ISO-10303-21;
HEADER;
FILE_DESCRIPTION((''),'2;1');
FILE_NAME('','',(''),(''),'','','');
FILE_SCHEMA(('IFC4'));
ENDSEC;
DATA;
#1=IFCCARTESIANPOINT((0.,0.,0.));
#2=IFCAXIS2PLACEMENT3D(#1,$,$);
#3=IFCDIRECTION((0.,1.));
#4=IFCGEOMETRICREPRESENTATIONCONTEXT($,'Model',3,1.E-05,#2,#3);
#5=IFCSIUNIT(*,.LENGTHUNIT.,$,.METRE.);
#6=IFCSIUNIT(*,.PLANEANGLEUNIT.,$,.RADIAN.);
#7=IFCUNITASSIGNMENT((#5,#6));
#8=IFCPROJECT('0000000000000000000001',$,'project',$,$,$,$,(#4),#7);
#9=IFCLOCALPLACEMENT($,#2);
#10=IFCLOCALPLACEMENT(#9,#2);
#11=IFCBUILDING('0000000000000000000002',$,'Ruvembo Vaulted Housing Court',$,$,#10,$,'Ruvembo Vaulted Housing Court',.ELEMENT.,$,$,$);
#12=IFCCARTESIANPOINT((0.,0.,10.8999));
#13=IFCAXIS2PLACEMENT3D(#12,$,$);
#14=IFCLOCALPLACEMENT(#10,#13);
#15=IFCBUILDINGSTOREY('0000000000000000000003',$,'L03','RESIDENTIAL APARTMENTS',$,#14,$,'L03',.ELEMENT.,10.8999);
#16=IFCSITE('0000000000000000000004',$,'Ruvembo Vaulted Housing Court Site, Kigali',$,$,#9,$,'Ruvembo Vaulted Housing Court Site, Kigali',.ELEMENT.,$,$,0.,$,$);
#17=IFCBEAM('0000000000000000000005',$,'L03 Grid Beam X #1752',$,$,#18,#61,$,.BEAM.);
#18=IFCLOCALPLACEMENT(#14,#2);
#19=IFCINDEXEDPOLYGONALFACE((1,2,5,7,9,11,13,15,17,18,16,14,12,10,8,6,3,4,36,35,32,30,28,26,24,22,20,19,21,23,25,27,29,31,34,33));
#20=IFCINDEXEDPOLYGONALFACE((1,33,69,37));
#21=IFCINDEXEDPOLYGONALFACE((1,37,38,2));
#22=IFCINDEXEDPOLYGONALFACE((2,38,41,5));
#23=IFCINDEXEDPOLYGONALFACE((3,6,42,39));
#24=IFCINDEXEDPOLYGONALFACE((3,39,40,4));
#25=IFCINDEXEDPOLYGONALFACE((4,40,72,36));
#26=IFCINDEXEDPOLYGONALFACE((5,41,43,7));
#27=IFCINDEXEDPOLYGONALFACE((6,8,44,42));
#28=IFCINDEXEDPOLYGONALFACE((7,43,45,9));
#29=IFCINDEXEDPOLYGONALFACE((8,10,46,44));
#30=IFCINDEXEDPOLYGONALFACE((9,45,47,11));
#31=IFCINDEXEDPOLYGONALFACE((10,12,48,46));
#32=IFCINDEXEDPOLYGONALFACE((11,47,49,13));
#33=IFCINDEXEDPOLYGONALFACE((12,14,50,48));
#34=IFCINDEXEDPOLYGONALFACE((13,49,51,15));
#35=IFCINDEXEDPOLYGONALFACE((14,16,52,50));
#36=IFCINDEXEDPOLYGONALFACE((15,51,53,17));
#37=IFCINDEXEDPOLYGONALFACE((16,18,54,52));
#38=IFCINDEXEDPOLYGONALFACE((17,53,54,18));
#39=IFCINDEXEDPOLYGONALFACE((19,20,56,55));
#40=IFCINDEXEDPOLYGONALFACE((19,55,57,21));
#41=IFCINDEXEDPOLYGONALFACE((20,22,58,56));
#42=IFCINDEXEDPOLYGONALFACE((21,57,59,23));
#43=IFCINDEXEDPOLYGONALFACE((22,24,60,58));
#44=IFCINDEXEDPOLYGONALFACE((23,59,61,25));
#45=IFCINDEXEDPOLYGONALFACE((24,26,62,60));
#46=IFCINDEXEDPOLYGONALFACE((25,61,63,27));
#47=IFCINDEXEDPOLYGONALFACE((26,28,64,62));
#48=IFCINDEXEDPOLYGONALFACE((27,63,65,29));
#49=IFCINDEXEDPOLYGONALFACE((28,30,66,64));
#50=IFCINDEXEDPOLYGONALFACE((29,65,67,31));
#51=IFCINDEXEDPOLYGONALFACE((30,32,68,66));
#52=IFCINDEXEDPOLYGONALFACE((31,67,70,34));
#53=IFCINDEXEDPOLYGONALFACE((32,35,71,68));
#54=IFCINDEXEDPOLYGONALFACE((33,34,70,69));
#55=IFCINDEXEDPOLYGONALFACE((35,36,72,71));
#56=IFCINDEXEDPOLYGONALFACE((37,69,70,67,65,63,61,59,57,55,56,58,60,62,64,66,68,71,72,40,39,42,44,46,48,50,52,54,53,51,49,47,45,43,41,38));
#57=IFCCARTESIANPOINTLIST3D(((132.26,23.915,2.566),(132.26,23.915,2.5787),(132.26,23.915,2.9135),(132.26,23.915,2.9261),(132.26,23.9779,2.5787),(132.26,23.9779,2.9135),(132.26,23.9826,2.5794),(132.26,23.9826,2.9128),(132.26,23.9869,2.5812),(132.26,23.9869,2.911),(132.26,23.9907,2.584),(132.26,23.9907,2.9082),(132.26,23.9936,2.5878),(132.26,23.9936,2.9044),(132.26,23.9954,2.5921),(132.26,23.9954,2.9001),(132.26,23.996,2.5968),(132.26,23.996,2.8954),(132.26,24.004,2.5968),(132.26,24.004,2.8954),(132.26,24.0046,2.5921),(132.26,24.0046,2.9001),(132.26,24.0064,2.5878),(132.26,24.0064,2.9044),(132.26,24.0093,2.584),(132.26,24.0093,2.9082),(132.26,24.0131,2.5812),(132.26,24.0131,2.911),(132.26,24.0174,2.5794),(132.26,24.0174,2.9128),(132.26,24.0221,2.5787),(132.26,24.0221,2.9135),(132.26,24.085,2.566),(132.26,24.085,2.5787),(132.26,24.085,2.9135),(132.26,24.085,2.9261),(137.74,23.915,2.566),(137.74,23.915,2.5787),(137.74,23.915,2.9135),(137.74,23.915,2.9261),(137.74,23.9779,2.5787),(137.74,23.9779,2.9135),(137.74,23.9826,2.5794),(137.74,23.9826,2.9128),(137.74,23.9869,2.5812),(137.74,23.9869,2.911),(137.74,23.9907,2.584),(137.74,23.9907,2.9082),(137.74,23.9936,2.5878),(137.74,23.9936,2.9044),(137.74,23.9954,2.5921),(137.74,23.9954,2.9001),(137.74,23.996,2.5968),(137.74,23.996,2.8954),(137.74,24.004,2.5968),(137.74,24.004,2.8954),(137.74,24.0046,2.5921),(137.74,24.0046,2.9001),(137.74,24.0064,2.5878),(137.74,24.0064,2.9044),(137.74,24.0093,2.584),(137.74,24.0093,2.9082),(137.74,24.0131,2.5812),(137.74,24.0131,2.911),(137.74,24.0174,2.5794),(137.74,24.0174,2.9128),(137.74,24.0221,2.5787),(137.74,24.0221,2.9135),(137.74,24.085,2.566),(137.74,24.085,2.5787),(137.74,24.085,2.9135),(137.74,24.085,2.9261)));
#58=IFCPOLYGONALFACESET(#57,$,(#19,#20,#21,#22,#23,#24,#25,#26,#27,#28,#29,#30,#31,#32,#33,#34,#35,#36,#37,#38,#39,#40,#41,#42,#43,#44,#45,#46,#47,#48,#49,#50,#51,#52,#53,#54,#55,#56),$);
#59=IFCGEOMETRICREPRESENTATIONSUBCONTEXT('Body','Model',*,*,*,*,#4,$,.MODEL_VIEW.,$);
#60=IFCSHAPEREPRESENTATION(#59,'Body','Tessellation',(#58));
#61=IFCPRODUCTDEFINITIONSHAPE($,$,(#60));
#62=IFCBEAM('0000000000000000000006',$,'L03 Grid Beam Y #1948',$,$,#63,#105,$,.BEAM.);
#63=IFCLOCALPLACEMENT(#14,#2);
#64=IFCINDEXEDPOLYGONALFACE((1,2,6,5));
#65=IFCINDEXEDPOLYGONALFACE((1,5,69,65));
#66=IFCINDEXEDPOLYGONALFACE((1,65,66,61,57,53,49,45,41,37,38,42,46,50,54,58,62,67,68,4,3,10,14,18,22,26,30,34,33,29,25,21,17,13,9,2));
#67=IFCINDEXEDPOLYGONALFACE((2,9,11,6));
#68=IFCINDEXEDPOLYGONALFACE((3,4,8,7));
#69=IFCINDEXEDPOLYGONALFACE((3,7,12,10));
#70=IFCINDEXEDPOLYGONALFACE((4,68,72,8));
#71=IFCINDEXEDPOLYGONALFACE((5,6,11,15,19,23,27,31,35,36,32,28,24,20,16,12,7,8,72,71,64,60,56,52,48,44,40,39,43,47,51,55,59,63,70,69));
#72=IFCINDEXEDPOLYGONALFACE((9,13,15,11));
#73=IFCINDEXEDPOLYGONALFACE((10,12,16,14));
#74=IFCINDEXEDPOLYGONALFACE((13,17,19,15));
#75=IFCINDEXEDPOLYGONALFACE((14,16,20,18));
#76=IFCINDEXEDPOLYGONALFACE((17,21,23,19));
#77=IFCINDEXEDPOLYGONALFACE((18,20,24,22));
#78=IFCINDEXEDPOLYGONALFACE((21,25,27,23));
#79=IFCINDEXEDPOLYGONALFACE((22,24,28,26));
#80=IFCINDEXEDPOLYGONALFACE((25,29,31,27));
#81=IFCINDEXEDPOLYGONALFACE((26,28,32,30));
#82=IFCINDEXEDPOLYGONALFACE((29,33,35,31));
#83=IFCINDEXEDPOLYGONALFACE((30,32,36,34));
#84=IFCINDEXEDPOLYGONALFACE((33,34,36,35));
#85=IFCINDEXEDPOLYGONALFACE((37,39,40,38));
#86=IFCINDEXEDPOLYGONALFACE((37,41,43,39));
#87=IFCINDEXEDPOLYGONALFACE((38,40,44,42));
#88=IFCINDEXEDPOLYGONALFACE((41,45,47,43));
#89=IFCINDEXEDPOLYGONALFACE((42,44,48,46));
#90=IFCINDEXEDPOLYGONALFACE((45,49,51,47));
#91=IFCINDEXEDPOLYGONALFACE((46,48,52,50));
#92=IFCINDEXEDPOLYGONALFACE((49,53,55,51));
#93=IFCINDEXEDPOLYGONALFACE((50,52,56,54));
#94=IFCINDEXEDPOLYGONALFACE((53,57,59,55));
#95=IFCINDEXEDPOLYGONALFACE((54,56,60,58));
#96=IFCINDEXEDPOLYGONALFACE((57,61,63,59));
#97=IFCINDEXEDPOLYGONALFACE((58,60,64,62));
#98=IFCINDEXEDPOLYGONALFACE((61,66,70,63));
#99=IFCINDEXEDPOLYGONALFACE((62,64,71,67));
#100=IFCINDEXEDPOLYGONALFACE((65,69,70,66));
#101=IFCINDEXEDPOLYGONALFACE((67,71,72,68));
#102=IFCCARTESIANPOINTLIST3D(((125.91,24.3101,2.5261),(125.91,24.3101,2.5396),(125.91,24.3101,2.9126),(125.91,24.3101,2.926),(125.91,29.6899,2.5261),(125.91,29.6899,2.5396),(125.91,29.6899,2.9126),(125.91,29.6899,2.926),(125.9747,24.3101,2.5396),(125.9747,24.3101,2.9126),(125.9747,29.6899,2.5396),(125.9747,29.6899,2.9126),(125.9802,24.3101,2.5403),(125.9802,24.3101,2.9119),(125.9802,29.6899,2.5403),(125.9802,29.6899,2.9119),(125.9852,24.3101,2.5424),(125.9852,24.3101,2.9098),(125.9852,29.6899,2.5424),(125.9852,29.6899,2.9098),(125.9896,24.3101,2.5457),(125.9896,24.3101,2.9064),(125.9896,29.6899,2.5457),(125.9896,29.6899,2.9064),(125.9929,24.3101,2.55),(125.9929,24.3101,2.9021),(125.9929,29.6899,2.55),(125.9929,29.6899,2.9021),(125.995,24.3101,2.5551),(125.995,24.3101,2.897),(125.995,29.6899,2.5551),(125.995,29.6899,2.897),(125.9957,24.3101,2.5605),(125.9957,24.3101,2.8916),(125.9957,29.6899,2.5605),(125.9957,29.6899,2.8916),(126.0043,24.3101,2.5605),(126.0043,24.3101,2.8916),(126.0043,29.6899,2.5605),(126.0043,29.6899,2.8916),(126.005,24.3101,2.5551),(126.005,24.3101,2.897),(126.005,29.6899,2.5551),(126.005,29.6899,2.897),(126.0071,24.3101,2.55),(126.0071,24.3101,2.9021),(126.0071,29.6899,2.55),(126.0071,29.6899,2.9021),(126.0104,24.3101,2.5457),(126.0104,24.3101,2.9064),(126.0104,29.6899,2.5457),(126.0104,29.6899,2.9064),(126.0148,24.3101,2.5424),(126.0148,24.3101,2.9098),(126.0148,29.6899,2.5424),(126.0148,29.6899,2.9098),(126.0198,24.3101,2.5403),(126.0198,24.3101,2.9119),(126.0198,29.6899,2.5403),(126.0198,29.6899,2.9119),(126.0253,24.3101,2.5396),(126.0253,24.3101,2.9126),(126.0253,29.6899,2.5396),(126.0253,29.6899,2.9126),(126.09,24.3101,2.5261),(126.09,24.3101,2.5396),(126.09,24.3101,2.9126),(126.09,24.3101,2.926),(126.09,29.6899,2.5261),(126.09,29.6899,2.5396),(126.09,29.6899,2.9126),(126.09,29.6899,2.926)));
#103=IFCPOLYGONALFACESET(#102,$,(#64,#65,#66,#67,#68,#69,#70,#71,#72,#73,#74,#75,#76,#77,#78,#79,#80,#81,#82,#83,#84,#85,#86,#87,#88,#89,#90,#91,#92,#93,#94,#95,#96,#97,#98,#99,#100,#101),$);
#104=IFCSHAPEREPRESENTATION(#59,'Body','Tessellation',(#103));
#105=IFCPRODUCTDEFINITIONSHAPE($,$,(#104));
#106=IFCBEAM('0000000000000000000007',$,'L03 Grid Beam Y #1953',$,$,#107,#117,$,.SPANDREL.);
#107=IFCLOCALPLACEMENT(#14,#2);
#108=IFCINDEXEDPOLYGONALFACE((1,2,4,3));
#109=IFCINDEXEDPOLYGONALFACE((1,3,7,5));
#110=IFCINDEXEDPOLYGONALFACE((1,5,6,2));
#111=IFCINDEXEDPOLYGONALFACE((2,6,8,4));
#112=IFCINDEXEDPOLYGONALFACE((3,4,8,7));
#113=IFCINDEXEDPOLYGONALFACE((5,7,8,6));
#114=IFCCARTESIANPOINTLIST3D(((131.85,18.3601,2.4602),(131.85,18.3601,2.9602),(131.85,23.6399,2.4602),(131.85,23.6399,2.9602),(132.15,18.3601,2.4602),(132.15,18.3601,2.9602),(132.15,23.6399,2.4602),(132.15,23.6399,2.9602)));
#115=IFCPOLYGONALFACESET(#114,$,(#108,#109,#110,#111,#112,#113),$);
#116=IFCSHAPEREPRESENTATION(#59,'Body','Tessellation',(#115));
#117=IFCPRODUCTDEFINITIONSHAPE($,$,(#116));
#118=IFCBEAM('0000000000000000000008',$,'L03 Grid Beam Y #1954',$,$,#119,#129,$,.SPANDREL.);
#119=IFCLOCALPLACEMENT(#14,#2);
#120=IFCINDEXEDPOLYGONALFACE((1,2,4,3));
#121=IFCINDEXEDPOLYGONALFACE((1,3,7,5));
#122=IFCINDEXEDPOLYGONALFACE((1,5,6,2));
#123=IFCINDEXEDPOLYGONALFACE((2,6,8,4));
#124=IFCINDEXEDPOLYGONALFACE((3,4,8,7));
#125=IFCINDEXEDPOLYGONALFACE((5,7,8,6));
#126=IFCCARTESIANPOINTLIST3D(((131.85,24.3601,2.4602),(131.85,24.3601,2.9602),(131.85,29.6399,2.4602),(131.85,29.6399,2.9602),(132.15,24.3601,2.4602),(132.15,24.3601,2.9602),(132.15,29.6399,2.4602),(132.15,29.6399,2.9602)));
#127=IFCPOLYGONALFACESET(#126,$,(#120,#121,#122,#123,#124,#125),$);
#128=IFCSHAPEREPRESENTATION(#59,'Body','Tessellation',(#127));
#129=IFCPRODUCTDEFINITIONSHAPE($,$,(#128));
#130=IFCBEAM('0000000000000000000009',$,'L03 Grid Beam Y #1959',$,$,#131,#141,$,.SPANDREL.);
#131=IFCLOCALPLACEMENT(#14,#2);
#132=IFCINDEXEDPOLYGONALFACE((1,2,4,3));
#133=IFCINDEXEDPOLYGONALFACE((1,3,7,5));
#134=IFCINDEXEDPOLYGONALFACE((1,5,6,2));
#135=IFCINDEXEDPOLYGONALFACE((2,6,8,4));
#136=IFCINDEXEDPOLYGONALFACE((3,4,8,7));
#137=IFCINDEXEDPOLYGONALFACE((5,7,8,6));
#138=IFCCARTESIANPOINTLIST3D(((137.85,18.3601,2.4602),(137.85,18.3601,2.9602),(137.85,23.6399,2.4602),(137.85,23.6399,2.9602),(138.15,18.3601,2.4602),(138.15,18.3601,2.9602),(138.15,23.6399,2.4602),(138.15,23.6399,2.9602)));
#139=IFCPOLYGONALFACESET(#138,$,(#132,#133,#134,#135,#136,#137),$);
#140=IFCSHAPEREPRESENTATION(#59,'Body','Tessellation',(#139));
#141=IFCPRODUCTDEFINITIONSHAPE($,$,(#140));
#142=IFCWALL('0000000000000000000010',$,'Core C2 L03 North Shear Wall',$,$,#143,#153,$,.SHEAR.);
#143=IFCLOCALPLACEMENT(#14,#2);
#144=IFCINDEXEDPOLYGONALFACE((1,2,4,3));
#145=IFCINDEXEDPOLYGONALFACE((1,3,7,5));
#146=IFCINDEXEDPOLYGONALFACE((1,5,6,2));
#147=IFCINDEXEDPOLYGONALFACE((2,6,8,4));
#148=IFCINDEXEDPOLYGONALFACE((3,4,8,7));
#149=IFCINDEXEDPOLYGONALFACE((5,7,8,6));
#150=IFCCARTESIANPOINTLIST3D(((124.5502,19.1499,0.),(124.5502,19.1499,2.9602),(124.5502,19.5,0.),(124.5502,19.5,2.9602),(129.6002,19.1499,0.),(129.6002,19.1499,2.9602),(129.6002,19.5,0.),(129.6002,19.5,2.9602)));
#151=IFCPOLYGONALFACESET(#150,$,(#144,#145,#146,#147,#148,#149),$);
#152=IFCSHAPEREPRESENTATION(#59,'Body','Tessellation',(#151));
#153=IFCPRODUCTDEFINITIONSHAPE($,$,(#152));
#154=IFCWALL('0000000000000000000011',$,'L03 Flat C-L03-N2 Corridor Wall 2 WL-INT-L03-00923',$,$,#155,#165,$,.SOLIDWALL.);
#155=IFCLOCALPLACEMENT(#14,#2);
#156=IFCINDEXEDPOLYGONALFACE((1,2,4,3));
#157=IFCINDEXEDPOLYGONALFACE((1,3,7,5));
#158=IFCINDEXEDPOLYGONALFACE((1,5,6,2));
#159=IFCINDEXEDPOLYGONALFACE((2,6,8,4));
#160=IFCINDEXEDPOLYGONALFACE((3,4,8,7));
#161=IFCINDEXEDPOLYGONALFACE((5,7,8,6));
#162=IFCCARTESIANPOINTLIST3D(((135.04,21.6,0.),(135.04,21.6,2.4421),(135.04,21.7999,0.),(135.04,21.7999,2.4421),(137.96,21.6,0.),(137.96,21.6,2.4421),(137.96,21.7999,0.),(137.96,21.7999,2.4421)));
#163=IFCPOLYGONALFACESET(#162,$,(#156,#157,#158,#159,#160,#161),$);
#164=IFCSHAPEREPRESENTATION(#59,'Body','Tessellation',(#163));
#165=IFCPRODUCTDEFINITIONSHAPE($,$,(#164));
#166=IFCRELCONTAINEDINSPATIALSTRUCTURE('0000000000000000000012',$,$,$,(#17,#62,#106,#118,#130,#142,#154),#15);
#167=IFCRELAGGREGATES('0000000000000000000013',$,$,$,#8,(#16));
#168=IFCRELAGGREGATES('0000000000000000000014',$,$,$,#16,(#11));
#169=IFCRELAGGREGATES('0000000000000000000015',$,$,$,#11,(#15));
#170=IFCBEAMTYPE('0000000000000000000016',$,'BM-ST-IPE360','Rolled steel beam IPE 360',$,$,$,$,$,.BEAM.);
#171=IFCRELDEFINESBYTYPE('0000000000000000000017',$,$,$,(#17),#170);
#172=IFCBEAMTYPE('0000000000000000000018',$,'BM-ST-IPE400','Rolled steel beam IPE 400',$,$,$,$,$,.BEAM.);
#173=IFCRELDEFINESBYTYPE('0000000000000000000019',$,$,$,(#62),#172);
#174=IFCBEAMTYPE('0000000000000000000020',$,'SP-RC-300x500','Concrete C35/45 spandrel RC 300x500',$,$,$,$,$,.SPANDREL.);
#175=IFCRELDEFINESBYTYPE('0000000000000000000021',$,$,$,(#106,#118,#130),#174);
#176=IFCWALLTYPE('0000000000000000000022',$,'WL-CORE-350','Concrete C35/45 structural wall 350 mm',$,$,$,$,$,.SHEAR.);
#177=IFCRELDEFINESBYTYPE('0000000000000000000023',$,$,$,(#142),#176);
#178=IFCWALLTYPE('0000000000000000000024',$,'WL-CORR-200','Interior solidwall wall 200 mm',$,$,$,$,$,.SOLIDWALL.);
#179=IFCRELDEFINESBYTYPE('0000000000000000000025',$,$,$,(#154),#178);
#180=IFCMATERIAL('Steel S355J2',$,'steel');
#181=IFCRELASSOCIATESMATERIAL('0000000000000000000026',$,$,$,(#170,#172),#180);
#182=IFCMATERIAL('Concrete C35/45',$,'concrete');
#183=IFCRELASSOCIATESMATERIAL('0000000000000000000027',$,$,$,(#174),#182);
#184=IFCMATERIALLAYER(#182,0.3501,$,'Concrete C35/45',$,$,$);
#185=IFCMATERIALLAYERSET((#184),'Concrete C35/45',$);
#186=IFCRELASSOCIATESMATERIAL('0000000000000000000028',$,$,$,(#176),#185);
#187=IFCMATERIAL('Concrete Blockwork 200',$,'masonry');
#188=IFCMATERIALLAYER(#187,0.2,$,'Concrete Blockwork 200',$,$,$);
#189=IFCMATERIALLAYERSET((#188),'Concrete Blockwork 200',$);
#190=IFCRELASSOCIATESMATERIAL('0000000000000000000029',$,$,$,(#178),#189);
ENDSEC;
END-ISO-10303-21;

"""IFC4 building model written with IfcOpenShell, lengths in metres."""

from ifc_helpers import new_model, si_unit, direction, frame, frame_2d, origin, origin_2d, place, context, subcontext, project, spatial, rectangle, i_section, extrude, material, layer, layer_set, material_profile, profile_set, type_object, element, save


model = new_model("IFC4")

# Units and contexts
model_context = context("Model", 3, precision=1e-05, world=origin(), true_north=direction((0.0, 1.0)))
body_context = subcontext(model_context, "Body", "Model", "MODEL_VIEW")
ifc_project = project(units=[si_unit("LENGTHUNIT", "METRE"), si_unit("PLANEANGLEUNIT", "RADIAN")], contexts=[model_context])

# Site, building, storey
site_placement = place(None, origin())
site = spatial("IfcSite", under=ifc_project, at=site_placement, Name="Ruvembo Vaulted Housing Court Site, Kigali", LongName="Ruvembo Vaulted Housing Court Site, Kigali", CompositionType="ELEMENT", RefElevation=0.0)
building_placement = place(site_placement, origin())
building = spatial("IfcBuilding", under=site, at=building_placement, Name="Ruvembo Vaulted Housing Court", LongName="Ruvembo Vaulted Housing Court", CompositionType="ELEMENT")
storey_placement = place(building_placement, frame((0.0, 0.0, 10.8999)))
storey = spatial("IfcBuildingStorey", under=building, at=storey_placement, Name="L03", Description="RESIDENTIAL APARTMENTS", LongName="L03", CompositionType="ELEMENT", Elevation=10.8999)

# Beams
ifc_material_1 = material(Name="Steel S355J2", Category="steel")
ifc_material_profile_1 = material_profile(ifc_material_1, i_section(OverallWidth=0.1699, OverallDepth=0.3601, WebThickness=0.0081, FlangeThickness=0.0127, FilletRadius=0.0181, at=origin_2d()), Name="IPE 360")
ifc_profile_set_1 = profile_set([ifc_material_profile_1], Name="Steel S355J2")
beam_type_1 = type_object("IfcBeamType", Name="BM-ST-IPE360", Description="Rolled steel beam IPE 360", PredefinedType="BEAM", material=ifc_profile_set_1)
beam_1_placement = place(storey_placement, frame((132.26, 24.0, 2.7461), z_axis=(1.0, 0.0, 0.0), x_axis=(0.0, 1.0, 0.0)))
element("IfcBeam", 1, at=beam_1_placement, inside=storey, type_object=beam_type_1, Name="L03 Grid Beam X #1752", PredefinedType="BEAM", context=body_context, shape_type="SweptSolid", body=[
    extrude(i_section(OverallWidth=0.1699, OverallDepth=0.3601, WebThickness=0.0081, FlangeThickness=0.0127, FilletRadius=0.0181, at=origin_2d()), origin(), (0.0, 0.0, 1.0), 5.48),
])
ifc_material_profile_2 = material_profile(ifc_material_1, i_section(OverallWidth=0.1799, OverallDepth=0.3999, WebThickness=0.0085, FlangeThickness=0.0134, FilletRadius=0.021, at=origin_2d()), Name="IPE 400")
ifc_profile_set_2 = profile_set([ifc_material_profile_2], Name="Steel S355J2")
beam_type_2 = type_object("IfcBeamType", Name="BM-ST-IPE400", Description="Rolled steel beam IPE 400", PredefinedType="BEAM", material=ifc_profile_set_2)
beam_2_placement = place(storey_placement, frame((126.0, 24.3101, 2.7261), z_axis=(0.0, 1.0, 0.0), x_axis=(-1.0, 0.0, 0.0)))
element("IfcBeam", 2, at=beam_2_placement, inside=storey, type_object=beam_type_2, Name="L03 Grid Beam Y #1948", PredefinedType="BEAM", context=body_context, shape_type="SweptSolid", body=[
    extrude(i_section(OverallWidth=0.1799, OverallDepth=0.3999, WebThickness=0.0085, FlangeThickness=0.0134, FilletRadius=0.021, at=origin_2d()), origin(), (0.0, 0.0, 1.0), 5.3799),
])
ifc_material_2 = material(Name="Concrete C35/45", Category="concrete")
ifc_material_profile_3 = material_profile(ifc_material_2, rectangle(XDim=0.3, YDim=0.5, at=origin_2d()), Name="RC 300x500")
ifc_profile_set_3 = profile_set([ifc_material_profile_3], Name="Concrete C35/45")
beam_type_3 = type_object("IfcBeamType", Name="SP-RC-300x500", Description="Concrete C35/45 spandrel RC 300x500", PredefinedType="SPANDREL", material=ifc_profile_set_3)
for number, where, z_axis, x_axis, name in (
    (3, (132.0, 18.3601, 2.7102), (0.0, 1.0, 0.0), (-1.0, 0.0, 0.0), "L03 Grid Beam Y #1953"),
    (4, (132.0, 24.3601, 2.7102), (0.0, 1.0, 0.0), (-1.0, 0.0, 0.0), "L03 Grid Beam Y #1954"),
    (5, (138.0, 18.3601, 2.7102), (0.0, 1.0, 0.0), (-1.0, 0.0, 0.0), "L03 Grid Beam Y #1959"),
):
    element("IfcBeam", number, at=place(storey_placement, frame(where, z_axis=z_axis, x_axis=x_axis)), inside=storey, type_object=beam_type_3, Name=name, PredefinedType="SPANDREL", context=body_context, shape_type="SweptSolid", body=[
        extrude(rectangle(XDim=0.3, YDim=0.5, at=origin_2d()), origin(), (0.0, 0.0, 1.0), 5.2798),
    ])

# Walls
ifc_layer_1 = layer(ifc_material_2, 0.3501, Name="Concrete C35/45")
ifc_layer_set_1 = layer_set([ifc_layer_1], Name="Concrete C35/45")
wall_type_1 = type_object("IfcWallType", Name="WL-CORE-350", Description="Concrete C35/45 structural wall 350 mm", PredefinedType="SHEAR", material=ifc_layer_set_1)
wall_1_placement = place(storey_placement, frame((129.6001, 19.325, 0.0), z_axis=(0.0, 0.0, 1.0), x_axis=(-1.0, 0.0, 0.0)))
element("IfcWall", 6, at=wall_1_placement, inside=storey, type_object=wall_type_1, Name="Core C2 L03 North Shear Wall", PredefinedType="SHEAR", context=body_context, shape_type="SweptSolid", body=[
    extrude(rectangle(XDim=5.05, YDim=0.3501, at=frame_2d((2.5249, 0.0))), origin(), (0.0, 0.0, 1.0), 2.9602),
])
ifc_material_3 = material(Name="Concrete Blockwork 200", Category="masonry")
ifc_layer_2 = layer(ifc_material_3, 0.2, Name="Concrete Blockwork 200")
ifc_layer_set_2 = layer_set([ifc_layer_2], Name="Concrete Blockwork 200")
wall_type_2 = type_object("IfcWallType", Name="WL-CORR-200", Description="Interior solidwall wall 200 mm", PredefinedType="SOLIDWALL", material=ifc_layer_set_2)
wall_2_placement = place(storey_placement, frame((135.04, 21.7, 0.0), z_axis=(0.0, 0.0, 1.0), x_axis=(1.0, 0.0, 0.0)))
element("IfcWall", 7, at=wall_2_placement, inside=storey, type_object=wall_type_2, Name="L03 Flat C-L03-N2 Corridor Wall 2 WL-INT-L03-00923", PredefinedType="SOLIDWALL", context=body_context, shape_type="SweptSolid", body=[
    extrude(rectangle(XDim=2.9199, YDim=0.2, at=frame_2d((1.46, 0.0))), origin(), (0.0, 0.0, 1.0), 2.4421),
])

save(model, "model.ifc")
